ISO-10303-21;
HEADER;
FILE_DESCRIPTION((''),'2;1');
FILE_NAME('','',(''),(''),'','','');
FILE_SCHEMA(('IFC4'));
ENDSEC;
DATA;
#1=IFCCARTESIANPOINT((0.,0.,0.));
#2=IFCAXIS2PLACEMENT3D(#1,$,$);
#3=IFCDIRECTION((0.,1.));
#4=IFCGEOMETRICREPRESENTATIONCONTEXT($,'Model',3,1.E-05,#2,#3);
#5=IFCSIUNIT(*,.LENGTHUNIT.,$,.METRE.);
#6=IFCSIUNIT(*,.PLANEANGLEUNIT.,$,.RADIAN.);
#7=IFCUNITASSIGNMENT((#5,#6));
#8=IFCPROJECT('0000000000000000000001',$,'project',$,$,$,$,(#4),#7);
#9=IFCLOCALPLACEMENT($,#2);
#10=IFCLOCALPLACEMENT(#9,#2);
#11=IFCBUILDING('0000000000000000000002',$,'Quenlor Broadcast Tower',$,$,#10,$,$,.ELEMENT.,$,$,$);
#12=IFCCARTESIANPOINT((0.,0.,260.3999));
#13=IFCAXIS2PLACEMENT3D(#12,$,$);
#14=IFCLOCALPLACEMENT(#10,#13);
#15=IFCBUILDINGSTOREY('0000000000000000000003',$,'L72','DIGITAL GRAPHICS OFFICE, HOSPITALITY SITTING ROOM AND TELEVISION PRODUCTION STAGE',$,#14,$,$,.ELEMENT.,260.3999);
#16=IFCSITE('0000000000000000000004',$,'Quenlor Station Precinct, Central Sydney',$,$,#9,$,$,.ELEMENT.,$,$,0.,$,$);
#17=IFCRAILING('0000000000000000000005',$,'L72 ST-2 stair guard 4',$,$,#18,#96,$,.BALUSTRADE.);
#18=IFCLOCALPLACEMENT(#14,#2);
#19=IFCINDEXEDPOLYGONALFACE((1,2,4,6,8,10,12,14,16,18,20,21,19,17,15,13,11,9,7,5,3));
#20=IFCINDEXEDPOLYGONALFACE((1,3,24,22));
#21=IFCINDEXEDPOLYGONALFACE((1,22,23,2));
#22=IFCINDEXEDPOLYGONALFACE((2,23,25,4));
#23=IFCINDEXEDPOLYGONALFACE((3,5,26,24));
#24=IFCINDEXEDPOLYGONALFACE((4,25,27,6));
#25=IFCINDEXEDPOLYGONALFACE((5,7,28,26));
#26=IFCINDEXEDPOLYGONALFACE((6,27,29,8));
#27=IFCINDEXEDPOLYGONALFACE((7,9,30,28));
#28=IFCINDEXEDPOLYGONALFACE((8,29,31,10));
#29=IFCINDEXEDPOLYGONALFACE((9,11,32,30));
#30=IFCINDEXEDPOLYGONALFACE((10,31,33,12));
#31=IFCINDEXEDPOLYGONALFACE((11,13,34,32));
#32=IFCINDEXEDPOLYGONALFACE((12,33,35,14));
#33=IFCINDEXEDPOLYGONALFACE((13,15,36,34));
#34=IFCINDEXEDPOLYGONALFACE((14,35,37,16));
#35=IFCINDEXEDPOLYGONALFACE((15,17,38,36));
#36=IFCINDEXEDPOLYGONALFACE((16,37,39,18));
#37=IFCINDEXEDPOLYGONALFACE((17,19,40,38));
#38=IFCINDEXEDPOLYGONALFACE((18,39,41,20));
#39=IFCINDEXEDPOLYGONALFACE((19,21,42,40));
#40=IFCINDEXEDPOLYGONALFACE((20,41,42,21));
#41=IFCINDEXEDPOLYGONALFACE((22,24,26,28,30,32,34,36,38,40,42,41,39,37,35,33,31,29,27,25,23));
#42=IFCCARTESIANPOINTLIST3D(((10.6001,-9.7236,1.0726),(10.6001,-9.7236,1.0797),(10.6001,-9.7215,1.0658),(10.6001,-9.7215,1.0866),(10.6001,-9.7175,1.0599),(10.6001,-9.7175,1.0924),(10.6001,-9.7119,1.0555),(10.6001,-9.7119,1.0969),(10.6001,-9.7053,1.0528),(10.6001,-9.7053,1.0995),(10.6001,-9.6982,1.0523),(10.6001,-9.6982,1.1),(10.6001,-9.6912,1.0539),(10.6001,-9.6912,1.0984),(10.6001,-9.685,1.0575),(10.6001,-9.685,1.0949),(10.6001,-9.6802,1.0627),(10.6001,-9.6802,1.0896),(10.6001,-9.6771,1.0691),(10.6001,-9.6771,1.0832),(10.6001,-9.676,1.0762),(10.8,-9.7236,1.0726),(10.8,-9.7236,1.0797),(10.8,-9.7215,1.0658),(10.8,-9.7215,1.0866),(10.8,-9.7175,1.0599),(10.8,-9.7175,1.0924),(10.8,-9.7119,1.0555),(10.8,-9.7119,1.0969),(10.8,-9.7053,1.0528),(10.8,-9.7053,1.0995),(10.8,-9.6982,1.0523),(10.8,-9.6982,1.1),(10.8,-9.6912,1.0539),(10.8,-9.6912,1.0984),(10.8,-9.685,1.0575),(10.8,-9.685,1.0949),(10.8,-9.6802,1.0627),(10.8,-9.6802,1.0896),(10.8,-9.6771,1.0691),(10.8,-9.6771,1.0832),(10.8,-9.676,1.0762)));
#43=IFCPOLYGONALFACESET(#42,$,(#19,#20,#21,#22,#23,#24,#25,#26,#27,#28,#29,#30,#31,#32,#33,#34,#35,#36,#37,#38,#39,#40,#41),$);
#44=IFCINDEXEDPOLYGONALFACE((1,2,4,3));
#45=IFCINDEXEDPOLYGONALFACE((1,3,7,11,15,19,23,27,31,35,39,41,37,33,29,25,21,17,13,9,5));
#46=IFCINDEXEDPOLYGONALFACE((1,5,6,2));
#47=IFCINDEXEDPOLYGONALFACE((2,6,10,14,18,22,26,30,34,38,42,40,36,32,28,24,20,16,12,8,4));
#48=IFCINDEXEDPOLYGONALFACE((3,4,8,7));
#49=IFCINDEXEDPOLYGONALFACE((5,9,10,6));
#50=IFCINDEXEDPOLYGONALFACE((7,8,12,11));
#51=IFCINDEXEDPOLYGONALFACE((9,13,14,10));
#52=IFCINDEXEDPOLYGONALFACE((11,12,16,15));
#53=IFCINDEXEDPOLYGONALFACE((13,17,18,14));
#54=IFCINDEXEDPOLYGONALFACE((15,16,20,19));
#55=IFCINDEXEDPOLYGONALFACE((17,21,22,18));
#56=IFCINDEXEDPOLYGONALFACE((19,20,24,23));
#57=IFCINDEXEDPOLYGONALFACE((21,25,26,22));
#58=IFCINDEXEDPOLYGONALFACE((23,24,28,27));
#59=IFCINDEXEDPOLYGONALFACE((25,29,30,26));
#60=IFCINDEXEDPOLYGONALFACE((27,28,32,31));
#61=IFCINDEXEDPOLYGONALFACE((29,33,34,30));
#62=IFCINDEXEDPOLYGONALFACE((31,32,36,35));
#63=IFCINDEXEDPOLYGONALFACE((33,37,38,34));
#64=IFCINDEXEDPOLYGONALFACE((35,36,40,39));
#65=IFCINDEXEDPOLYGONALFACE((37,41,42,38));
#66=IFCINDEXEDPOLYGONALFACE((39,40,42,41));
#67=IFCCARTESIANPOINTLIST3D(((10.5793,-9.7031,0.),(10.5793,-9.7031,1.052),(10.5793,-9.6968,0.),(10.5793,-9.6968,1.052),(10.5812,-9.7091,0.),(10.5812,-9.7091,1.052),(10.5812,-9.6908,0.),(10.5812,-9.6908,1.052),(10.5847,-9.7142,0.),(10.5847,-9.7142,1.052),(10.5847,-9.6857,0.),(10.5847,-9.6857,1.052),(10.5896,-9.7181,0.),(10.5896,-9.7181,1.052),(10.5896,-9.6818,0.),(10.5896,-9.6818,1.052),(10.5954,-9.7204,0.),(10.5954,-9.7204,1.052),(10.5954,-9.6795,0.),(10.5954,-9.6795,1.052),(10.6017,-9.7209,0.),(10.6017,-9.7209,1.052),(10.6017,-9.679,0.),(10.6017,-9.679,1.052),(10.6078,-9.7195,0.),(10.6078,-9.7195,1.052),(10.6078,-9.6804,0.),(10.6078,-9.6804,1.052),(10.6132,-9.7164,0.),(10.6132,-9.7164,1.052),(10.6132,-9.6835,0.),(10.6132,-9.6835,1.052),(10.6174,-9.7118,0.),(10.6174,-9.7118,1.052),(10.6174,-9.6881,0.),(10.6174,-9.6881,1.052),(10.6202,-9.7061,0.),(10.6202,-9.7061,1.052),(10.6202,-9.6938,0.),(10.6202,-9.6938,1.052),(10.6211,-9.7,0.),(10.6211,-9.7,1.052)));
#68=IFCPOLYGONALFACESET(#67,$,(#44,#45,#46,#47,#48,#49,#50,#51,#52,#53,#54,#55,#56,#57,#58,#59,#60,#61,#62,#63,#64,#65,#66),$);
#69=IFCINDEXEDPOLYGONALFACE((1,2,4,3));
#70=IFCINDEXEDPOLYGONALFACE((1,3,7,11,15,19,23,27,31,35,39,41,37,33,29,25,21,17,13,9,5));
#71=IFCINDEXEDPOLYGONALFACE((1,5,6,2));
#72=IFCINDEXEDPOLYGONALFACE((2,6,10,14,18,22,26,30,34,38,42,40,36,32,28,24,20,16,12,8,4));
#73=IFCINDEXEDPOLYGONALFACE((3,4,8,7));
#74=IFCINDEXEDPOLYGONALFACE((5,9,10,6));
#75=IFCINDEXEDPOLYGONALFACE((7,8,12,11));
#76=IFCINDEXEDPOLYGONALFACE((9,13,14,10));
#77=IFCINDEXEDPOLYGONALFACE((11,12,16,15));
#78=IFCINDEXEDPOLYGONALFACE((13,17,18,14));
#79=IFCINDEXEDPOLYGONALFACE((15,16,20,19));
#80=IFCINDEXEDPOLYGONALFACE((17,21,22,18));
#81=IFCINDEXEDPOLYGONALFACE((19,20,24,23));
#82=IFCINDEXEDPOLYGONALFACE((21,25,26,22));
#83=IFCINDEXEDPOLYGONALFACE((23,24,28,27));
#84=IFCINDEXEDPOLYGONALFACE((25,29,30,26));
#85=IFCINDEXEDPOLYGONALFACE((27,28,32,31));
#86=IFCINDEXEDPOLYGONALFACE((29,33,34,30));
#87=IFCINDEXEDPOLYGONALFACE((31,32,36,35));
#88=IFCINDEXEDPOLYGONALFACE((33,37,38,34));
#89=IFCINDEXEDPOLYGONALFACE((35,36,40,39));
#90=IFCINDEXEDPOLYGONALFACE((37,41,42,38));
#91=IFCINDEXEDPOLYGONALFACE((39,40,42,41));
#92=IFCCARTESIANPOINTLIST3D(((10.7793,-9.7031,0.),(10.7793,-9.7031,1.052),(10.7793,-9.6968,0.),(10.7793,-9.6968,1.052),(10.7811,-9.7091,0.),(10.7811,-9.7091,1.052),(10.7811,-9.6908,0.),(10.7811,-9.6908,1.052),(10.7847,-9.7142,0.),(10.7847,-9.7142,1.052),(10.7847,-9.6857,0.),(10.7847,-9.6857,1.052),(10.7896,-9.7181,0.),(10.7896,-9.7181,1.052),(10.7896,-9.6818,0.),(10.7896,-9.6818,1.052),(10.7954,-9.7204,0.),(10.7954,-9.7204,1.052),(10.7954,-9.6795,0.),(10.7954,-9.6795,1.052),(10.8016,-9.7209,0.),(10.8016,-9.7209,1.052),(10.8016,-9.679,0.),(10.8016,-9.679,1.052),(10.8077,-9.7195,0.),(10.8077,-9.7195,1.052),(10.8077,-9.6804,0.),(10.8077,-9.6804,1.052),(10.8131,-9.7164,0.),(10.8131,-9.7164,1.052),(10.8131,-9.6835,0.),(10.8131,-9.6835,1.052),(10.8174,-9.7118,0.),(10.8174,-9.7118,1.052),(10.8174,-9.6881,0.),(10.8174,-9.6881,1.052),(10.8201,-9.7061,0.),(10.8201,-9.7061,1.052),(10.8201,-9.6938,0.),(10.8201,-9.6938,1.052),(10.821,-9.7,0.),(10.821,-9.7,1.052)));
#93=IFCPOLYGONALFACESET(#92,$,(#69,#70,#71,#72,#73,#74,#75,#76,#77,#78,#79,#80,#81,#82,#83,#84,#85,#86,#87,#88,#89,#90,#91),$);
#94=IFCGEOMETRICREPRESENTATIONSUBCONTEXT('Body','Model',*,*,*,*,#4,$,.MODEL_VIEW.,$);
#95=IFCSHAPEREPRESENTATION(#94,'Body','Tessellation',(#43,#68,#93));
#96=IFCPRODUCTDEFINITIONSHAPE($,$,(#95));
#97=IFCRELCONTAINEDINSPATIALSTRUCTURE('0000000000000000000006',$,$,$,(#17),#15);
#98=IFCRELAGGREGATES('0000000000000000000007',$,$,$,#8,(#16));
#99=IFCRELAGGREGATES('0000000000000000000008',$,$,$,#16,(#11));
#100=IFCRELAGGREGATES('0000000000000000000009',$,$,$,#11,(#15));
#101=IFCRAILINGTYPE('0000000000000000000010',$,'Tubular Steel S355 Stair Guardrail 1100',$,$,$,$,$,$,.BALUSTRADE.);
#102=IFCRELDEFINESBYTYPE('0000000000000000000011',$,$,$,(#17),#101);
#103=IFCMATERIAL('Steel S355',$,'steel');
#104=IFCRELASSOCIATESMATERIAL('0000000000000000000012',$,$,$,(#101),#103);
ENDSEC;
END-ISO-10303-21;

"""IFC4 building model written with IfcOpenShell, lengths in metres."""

from ifc_helpers import new_model, si_unit, direction, frame, origin, origin_2d, place, context, subcontext, project, spatial, circle, extrude, material, type_object, element, save


model = new_model("IFC4")

# Units and contexts
model_context = context("Model", 3, precision=1e-05, world=origin(), true_north=direction((0.0, 1.0)))
body_context = subcontext(model_context, "Body", "Model", "MODEL_VIEW")
ifc_project = project(units=[si_unit("LENGTHUNIT", "METRE"), si_unit("PLANEANGLEUNIT", "RADIAN")], contexts=[model_context])

# Site, building, storey
site_placement = place(None, origin())
site = spatial("IfcSite", under=ifc_project, at=site_placement, Name="Quenlor Station Precinct, Central Sydney", CompositionType="ELEMENT", RefElevation=0.0)
building_placement = place(site_placement, origin())
building = spatial("IfcBuilding", under=site, at=building_placement, Name="Quenlor Broadcast Tower", CompositionType="ELEMENT")
storey_placement = place(building_placement, frame((0.0, 0.0, 260.3999)))
storey = spatial("IfcBuildingStorey", under=building, at=storey_placement, Name="L72", Description="DIGITAL GRAPHICS OFFICE, HOSPITALITY SITTING ROOM AND TELEVISION PRODUCTION STAGE", CompositionType="ELEMENT", Elevation=260.3999)

# Railing
ifc_material_1 = material(Name="Steel S355", Category="steel")
railing_type_1 = type_object("IfcRailingType", Name="Tubular Steel S355 Stair Guardrail 1100", PredefinedType="BALUSTRADE", material=ifc_material_1)
railing_1_placement = place(storey_placement, frame((10.6001, -9.7, 0.0)))
element("IfcRailing", 1, at=railing_1_placement, inside=storey, type_object=railing_type_1, Name="L72 ST-2 stair guard 4", PredefinedType="BALUSTRADE", context=body_context, shape_type="SweptSolid", body=[
    extrude(circle(Radius=0.0239, at=origin_2d()), frame((0.0, 0.0, 1.0762), z_axis=(1.0, 0.0, 0.0), x_axis=(0.0, 1.0, 0.0)), (0.0, 0.0, 1.0), 0.2),
    extrude(circle(Radius=0.021, at=origin_2d()), origin(), (0.0, 0.0, 1.0), 1.052),
    extrude(circle(Radius=0.021, at=origin_2d()), frame((0.2, 0.0, 0.0)), (0.0, 0.0, 1.0), 1.052),
])

save(model, "model.ifc")
